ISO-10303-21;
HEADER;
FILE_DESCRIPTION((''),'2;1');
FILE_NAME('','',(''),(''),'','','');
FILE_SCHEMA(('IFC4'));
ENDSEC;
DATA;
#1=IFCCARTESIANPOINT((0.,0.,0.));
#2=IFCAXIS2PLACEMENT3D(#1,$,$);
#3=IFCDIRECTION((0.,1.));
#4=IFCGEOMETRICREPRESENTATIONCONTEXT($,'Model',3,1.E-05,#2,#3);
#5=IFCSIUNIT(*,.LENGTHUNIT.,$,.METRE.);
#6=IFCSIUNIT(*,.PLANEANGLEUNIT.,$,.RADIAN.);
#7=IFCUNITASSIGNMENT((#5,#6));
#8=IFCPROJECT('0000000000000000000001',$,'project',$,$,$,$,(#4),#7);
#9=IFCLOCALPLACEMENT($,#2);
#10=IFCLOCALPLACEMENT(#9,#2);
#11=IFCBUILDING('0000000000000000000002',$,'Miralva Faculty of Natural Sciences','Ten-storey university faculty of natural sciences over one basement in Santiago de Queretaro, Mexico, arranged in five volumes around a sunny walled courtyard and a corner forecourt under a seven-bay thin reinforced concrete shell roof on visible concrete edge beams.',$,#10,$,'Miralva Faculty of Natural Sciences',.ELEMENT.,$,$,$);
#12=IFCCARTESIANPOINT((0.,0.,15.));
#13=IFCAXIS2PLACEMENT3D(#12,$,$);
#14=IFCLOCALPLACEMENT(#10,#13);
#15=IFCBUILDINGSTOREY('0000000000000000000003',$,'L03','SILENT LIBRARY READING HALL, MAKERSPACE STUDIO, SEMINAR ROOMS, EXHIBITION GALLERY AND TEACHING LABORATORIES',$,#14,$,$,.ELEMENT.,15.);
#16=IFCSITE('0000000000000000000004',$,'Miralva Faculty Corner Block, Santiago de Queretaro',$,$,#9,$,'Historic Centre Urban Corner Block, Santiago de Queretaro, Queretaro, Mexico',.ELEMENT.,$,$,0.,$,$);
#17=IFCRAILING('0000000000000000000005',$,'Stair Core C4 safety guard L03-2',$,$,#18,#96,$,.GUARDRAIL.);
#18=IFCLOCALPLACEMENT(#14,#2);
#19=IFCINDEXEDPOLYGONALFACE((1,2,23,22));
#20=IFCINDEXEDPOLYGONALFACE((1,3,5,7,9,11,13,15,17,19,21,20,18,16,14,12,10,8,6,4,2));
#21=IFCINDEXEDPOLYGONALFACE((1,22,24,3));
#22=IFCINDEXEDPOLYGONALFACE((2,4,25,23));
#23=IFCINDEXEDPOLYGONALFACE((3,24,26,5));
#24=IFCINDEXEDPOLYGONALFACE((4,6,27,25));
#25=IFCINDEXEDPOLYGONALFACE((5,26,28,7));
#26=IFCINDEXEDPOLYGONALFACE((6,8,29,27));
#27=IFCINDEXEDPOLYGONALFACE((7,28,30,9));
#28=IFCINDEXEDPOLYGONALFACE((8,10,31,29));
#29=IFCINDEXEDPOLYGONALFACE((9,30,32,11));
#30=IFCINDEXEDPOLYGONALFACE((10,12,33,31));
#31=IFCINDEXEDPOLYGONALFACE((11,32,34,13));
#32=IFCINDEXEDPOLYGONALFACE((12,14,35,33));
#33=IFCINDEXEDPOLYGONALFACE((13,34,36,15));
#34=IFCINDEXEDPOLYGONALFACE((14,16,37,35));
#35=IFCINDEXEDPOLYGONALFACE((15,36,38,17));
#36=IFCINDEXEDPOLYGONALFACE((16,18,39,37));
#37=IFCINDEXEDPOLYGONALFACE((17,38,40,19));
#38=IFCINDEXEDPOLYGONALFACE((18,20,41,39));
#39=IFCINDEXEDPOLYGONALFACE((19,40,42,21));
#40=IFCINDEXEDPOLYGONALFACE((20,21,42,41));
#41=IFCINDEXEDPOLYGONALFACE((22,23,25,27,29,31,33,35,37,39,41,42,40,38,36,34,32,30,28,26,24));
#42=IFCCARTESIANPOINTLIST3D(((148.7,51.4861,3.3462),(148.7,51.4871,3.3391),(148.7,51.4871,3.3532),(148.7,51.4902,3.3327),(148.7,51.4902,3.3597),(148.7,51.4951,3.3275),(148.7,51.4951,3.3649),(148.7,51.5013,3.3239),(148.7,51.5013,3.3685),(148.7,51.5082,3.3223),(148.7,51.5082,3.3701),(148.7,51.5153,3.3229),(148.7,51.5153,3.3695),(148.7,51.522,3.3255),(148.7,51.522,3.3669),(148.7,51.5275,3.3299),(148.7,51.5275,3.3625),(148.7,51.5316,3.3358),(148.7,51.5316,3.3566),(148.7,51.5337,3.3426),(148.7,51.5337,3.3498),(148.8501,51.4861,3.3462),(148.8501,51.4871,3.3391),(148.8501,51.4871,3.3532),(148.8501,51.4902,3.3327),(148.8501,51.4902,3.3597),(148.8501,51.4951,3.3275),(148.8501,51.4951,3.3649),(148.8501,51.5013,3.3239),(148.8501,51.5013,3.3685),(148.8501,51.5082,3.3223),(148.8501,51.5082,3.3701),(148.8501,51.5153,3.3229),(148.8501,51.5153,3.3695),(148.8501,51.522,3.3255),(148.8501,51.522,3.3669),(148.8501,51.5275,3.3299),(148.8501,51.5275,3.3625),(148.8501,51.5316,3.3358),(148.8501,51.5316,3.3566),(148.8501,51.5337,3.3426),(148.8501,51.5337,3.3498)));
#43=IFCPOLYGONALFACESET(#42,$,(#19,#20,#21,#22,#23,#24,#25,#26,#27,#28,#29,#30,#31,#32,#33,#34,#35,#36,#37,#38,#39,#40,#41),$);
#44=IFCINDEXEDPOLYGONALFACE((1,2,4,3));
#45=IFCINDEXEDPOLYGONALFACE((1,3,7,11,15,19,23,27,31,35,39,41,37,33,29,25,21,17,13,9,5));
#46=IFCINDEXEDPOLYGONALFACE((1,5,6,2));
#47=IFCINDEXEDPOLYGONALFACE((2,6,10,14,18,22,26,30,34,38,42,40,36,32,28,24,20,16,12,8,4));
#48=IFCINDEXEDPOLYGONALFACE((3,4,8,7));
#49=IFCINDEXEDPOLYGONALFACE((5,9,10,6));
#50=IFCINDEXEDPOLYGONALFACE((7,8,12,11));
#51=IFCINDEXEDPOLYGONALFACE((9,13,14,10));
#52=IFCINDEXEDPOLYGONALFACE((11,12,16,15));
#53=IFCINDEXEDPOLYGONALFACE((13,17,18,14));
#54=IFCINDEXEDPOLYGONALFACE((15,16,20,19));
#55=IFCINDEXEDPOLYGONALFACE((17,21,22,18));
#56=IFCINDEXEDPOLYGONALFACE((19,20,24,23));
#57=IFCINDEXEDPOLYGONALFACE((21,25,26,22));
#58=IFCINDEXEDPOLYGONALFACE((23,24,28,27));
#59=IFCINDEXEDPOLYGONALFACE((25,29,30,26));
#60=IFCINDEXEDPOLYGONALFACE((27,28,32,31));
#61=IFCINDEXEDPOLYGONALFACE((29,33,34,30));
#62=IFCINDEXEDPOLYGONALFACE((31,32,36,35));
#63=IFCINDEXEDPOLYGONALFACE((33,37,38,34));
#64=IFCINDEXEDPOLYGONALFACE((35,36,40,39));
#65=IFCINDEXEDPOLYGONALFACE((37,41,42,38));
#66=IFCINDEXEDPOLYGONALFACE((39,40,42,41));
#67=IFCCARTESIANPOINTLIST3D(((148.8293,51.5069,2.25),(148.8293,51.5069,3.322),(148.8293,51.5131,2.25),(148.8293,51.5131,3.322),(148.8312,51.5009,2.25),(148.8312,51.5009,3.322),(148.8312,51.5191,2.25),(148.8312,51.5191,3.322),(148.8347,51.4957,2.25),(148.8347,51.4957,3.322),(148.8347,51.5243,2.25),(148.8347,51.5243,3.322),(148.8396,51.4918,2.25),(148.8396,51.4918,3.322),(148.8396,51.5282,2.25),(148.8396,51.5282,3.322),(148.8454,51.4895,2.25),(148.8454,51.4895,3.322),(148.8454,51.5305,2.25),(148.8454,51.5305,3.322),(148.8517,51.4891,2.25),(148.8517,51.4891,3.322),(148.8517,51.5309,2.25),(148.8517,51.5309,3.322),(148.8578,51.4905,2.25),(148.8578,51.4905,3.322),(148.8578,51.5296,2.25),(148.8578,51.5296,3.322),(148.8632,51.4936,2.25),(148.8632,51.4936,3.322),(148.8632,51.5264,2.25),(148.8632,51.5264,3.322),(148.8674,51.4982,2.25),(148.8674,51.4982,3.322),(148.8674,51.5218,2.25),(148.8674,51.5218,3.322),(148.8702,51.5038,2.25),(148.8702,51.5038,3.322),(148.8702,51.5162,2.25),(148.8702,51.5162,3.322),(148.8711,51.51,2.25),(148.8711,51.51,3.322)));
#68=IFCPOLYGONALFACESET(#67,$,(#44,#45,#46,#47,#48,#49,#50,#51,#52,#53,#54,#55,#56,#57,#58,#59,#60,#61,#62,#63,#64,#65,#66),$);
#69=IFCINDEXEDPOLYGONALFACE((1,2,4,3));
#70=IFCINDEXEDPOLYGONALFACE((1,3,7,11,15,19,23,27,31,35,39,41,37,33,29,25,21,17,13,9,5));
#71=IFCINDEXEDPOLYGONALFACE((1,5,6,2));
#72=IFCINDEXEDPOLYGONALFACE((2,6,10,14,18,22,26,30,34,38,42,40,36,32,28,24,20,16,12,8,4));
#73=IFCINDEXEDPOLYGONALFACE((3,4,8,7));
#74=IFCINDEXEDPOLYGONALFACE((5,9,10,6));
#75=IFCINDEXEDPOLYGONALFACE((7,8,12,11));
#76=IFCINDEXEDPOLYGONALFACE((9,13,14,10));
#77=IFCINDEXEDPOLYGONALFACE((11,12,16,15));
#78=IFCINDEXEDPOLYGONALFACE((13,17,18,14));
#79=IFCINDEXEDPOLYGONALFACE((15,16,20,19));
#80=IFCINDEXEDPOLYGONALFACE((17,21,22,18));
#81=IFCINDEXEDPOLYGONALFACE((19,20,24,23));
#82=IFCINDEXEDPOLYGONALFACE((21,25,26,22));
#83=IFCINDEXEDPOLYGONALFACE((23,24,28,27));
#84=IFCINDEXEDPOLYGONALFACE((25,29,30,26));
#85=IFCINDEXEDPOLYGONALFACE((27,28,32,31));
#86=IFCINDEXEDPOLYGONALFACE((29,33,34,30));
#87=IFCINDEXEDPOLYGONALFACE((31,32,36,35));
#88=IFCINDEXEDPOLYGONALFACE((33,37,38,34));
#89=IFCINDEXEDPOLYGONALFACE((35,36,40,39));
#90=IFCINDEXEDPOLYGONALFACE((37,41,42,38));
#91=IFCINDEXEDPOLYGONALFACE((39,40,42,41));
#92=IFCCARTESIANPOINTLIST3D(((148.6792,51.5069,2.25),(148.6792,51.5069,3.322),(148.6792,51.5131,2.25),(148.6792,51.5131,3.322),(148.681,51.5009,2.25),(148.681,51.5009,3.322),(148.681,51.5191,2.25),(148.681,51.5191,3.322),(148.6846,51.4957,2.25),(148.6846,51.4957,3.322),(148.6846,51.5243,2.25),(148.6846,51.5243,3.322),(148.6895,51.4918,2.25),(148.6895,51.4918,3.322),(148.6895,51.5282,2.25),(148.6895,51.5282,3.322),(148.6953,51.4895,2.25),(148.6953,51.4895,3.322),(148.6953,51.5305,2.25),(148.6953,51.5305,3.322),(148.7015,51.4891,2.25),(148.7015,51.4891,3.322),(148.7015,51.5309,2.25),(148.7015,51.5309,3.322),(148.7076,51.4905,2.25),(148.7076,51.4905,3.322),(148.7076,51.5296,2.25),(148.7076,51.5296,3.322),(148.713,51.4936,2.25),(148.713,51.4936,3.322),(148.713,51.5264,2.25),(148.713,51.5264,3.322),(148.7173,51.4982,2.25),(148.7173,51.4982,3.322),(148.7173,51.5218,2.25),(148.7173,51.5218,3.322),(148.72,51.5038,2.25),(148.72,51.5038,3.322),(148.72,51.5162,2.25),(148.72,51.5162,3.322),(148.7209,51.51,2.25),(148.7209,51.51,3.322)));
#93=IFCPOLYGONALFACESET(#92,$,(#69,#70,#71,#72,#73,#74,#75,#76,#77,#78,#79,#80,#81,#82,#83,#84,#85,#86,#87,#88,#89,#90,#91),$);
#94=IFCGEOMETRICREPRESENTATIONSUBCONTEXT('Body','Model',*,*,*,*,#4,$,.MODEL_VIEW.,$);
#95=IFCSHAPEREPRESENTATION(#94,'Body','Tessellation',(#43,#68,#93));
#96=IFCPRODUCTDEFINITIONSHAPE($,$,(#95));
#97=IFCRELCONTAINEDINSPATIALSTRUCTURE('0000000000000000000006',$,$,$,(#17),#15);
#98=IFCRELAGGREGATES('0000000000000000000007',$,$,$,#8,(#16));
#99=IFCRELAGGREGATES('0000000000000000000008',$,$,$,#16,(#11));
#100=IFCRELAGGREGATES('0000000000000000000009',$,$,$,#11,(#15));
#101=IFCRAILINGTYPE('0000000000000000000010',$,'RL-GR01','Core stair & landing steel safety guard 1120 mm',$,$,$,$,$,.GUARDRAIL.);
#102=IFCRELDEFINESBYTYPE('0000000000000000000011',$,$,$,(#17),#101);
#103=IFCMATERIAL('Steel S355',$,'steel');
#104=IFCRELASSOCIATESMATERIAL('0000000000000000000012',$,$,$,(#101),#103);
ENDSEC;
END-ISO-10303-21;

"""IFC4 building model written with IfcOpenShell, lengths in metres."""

from ifc_helpers import new_model, si_unit, direction, frame, origin, origin_2d, place, context, subcontext, project, spatial, circle, extrude, material, type_object, element, save


model = new_model("IFC4")

# Units and contexts
model_context = context("Model", 3, precision=1e-05, world=origin(), true_north=direction((0.0, 1.0)))
body_context = subcontext(model_context, "Body", "Model", "MODEL_VIEW")
ifc_project = project(units=[si_unit("LENGTHUNIT", "METRE"), si_unit("PLANEANGLEUNIT", "RADIAN")], contexts=[model_context])

# Site, building, storey
site_placement = place(None, origin())
site = spatial("IfcSite", under=ifc_project, at=site_placement, Name="Miralva Faculty Corner Block, Santiago de Queretaro", LongName="Historic Centre Urban Corner Block, Santiago de Queretaro, Queretaro, Mexico", CompositionType="ELEMENT", RefElevation=0.0)
building_placement = place(site_placement, origin())
building = spatial("IfcBuilding", under=site, at=building_placement, Name="Miralva Faculty of Natural Sciences", Description="Ten-storey university faculty of natural sciences over one basement in Santiago de Queretaro, Mexico, arranged in five volumes around a sunny walled courtyard and a corner forecourt under a seven-bay thin reinforced concrete shell roof on visible concrete edge beams.", LongName="Miralva Faculty of Natural Sciences", CompositionType="ELEMENT")
storey_placement = place(building_placement, frame((0.0, 0.0, 15.0)))
storey = spatial("IfcBuildingStorey", under=building, at=storey_placement, Name="L03", Description="SILENT LIBRARY READING HALL, MAKERSPACE STUDIO, SEMINAR ROOMS, EXHIBITION GALLERY AND TEACHING LABORATORIES", CompositionType="ELEMENT", Elevation=15.0)

# Railing
ifc_material_1 = material(Name="Steel S355", Category="steel")
railing_type_1 = type_object("IfcRailingType", Name="RL-GR01", Description="Core stair & landing steel safety guard 1120 mm", PredefinedType="GUARDRAIL", material=ifc_material_1)
railing_1_placement = place(storey_placement, frame((148.8501, 51.51, 2.25)))
element("IfcRailing", 1, at=railing_1_placement, inside=storey, type_object=railing_type_1, Name="Stair Core C4 safety guard L03-2", PredefinedType="GUARDRAIL", context=body_context, shape_type="SweptSolid", body=[
    extrude(circle(Radius=0.0239, at=origin_2d()), frame((0.0, 0.0, 1.0962), z_axis=(-1.0, 0.0, 0.0), x_axis=(0.0, -1.0, 0.0)), (0.0, 0.0, 1.0), 0.1501),
    extrude(circle(Radius=0.021, at=origin_2d()), origin(), (0.0, 0.0, 1.0), 1.072),
    extrude(circle(Radius=0.021, at=origin_2d()), frame((-0.1501, 0.0, 0.0)), (0.0, 0.0, 1.0), 1.072),
])

save(model, "model.ifc")
